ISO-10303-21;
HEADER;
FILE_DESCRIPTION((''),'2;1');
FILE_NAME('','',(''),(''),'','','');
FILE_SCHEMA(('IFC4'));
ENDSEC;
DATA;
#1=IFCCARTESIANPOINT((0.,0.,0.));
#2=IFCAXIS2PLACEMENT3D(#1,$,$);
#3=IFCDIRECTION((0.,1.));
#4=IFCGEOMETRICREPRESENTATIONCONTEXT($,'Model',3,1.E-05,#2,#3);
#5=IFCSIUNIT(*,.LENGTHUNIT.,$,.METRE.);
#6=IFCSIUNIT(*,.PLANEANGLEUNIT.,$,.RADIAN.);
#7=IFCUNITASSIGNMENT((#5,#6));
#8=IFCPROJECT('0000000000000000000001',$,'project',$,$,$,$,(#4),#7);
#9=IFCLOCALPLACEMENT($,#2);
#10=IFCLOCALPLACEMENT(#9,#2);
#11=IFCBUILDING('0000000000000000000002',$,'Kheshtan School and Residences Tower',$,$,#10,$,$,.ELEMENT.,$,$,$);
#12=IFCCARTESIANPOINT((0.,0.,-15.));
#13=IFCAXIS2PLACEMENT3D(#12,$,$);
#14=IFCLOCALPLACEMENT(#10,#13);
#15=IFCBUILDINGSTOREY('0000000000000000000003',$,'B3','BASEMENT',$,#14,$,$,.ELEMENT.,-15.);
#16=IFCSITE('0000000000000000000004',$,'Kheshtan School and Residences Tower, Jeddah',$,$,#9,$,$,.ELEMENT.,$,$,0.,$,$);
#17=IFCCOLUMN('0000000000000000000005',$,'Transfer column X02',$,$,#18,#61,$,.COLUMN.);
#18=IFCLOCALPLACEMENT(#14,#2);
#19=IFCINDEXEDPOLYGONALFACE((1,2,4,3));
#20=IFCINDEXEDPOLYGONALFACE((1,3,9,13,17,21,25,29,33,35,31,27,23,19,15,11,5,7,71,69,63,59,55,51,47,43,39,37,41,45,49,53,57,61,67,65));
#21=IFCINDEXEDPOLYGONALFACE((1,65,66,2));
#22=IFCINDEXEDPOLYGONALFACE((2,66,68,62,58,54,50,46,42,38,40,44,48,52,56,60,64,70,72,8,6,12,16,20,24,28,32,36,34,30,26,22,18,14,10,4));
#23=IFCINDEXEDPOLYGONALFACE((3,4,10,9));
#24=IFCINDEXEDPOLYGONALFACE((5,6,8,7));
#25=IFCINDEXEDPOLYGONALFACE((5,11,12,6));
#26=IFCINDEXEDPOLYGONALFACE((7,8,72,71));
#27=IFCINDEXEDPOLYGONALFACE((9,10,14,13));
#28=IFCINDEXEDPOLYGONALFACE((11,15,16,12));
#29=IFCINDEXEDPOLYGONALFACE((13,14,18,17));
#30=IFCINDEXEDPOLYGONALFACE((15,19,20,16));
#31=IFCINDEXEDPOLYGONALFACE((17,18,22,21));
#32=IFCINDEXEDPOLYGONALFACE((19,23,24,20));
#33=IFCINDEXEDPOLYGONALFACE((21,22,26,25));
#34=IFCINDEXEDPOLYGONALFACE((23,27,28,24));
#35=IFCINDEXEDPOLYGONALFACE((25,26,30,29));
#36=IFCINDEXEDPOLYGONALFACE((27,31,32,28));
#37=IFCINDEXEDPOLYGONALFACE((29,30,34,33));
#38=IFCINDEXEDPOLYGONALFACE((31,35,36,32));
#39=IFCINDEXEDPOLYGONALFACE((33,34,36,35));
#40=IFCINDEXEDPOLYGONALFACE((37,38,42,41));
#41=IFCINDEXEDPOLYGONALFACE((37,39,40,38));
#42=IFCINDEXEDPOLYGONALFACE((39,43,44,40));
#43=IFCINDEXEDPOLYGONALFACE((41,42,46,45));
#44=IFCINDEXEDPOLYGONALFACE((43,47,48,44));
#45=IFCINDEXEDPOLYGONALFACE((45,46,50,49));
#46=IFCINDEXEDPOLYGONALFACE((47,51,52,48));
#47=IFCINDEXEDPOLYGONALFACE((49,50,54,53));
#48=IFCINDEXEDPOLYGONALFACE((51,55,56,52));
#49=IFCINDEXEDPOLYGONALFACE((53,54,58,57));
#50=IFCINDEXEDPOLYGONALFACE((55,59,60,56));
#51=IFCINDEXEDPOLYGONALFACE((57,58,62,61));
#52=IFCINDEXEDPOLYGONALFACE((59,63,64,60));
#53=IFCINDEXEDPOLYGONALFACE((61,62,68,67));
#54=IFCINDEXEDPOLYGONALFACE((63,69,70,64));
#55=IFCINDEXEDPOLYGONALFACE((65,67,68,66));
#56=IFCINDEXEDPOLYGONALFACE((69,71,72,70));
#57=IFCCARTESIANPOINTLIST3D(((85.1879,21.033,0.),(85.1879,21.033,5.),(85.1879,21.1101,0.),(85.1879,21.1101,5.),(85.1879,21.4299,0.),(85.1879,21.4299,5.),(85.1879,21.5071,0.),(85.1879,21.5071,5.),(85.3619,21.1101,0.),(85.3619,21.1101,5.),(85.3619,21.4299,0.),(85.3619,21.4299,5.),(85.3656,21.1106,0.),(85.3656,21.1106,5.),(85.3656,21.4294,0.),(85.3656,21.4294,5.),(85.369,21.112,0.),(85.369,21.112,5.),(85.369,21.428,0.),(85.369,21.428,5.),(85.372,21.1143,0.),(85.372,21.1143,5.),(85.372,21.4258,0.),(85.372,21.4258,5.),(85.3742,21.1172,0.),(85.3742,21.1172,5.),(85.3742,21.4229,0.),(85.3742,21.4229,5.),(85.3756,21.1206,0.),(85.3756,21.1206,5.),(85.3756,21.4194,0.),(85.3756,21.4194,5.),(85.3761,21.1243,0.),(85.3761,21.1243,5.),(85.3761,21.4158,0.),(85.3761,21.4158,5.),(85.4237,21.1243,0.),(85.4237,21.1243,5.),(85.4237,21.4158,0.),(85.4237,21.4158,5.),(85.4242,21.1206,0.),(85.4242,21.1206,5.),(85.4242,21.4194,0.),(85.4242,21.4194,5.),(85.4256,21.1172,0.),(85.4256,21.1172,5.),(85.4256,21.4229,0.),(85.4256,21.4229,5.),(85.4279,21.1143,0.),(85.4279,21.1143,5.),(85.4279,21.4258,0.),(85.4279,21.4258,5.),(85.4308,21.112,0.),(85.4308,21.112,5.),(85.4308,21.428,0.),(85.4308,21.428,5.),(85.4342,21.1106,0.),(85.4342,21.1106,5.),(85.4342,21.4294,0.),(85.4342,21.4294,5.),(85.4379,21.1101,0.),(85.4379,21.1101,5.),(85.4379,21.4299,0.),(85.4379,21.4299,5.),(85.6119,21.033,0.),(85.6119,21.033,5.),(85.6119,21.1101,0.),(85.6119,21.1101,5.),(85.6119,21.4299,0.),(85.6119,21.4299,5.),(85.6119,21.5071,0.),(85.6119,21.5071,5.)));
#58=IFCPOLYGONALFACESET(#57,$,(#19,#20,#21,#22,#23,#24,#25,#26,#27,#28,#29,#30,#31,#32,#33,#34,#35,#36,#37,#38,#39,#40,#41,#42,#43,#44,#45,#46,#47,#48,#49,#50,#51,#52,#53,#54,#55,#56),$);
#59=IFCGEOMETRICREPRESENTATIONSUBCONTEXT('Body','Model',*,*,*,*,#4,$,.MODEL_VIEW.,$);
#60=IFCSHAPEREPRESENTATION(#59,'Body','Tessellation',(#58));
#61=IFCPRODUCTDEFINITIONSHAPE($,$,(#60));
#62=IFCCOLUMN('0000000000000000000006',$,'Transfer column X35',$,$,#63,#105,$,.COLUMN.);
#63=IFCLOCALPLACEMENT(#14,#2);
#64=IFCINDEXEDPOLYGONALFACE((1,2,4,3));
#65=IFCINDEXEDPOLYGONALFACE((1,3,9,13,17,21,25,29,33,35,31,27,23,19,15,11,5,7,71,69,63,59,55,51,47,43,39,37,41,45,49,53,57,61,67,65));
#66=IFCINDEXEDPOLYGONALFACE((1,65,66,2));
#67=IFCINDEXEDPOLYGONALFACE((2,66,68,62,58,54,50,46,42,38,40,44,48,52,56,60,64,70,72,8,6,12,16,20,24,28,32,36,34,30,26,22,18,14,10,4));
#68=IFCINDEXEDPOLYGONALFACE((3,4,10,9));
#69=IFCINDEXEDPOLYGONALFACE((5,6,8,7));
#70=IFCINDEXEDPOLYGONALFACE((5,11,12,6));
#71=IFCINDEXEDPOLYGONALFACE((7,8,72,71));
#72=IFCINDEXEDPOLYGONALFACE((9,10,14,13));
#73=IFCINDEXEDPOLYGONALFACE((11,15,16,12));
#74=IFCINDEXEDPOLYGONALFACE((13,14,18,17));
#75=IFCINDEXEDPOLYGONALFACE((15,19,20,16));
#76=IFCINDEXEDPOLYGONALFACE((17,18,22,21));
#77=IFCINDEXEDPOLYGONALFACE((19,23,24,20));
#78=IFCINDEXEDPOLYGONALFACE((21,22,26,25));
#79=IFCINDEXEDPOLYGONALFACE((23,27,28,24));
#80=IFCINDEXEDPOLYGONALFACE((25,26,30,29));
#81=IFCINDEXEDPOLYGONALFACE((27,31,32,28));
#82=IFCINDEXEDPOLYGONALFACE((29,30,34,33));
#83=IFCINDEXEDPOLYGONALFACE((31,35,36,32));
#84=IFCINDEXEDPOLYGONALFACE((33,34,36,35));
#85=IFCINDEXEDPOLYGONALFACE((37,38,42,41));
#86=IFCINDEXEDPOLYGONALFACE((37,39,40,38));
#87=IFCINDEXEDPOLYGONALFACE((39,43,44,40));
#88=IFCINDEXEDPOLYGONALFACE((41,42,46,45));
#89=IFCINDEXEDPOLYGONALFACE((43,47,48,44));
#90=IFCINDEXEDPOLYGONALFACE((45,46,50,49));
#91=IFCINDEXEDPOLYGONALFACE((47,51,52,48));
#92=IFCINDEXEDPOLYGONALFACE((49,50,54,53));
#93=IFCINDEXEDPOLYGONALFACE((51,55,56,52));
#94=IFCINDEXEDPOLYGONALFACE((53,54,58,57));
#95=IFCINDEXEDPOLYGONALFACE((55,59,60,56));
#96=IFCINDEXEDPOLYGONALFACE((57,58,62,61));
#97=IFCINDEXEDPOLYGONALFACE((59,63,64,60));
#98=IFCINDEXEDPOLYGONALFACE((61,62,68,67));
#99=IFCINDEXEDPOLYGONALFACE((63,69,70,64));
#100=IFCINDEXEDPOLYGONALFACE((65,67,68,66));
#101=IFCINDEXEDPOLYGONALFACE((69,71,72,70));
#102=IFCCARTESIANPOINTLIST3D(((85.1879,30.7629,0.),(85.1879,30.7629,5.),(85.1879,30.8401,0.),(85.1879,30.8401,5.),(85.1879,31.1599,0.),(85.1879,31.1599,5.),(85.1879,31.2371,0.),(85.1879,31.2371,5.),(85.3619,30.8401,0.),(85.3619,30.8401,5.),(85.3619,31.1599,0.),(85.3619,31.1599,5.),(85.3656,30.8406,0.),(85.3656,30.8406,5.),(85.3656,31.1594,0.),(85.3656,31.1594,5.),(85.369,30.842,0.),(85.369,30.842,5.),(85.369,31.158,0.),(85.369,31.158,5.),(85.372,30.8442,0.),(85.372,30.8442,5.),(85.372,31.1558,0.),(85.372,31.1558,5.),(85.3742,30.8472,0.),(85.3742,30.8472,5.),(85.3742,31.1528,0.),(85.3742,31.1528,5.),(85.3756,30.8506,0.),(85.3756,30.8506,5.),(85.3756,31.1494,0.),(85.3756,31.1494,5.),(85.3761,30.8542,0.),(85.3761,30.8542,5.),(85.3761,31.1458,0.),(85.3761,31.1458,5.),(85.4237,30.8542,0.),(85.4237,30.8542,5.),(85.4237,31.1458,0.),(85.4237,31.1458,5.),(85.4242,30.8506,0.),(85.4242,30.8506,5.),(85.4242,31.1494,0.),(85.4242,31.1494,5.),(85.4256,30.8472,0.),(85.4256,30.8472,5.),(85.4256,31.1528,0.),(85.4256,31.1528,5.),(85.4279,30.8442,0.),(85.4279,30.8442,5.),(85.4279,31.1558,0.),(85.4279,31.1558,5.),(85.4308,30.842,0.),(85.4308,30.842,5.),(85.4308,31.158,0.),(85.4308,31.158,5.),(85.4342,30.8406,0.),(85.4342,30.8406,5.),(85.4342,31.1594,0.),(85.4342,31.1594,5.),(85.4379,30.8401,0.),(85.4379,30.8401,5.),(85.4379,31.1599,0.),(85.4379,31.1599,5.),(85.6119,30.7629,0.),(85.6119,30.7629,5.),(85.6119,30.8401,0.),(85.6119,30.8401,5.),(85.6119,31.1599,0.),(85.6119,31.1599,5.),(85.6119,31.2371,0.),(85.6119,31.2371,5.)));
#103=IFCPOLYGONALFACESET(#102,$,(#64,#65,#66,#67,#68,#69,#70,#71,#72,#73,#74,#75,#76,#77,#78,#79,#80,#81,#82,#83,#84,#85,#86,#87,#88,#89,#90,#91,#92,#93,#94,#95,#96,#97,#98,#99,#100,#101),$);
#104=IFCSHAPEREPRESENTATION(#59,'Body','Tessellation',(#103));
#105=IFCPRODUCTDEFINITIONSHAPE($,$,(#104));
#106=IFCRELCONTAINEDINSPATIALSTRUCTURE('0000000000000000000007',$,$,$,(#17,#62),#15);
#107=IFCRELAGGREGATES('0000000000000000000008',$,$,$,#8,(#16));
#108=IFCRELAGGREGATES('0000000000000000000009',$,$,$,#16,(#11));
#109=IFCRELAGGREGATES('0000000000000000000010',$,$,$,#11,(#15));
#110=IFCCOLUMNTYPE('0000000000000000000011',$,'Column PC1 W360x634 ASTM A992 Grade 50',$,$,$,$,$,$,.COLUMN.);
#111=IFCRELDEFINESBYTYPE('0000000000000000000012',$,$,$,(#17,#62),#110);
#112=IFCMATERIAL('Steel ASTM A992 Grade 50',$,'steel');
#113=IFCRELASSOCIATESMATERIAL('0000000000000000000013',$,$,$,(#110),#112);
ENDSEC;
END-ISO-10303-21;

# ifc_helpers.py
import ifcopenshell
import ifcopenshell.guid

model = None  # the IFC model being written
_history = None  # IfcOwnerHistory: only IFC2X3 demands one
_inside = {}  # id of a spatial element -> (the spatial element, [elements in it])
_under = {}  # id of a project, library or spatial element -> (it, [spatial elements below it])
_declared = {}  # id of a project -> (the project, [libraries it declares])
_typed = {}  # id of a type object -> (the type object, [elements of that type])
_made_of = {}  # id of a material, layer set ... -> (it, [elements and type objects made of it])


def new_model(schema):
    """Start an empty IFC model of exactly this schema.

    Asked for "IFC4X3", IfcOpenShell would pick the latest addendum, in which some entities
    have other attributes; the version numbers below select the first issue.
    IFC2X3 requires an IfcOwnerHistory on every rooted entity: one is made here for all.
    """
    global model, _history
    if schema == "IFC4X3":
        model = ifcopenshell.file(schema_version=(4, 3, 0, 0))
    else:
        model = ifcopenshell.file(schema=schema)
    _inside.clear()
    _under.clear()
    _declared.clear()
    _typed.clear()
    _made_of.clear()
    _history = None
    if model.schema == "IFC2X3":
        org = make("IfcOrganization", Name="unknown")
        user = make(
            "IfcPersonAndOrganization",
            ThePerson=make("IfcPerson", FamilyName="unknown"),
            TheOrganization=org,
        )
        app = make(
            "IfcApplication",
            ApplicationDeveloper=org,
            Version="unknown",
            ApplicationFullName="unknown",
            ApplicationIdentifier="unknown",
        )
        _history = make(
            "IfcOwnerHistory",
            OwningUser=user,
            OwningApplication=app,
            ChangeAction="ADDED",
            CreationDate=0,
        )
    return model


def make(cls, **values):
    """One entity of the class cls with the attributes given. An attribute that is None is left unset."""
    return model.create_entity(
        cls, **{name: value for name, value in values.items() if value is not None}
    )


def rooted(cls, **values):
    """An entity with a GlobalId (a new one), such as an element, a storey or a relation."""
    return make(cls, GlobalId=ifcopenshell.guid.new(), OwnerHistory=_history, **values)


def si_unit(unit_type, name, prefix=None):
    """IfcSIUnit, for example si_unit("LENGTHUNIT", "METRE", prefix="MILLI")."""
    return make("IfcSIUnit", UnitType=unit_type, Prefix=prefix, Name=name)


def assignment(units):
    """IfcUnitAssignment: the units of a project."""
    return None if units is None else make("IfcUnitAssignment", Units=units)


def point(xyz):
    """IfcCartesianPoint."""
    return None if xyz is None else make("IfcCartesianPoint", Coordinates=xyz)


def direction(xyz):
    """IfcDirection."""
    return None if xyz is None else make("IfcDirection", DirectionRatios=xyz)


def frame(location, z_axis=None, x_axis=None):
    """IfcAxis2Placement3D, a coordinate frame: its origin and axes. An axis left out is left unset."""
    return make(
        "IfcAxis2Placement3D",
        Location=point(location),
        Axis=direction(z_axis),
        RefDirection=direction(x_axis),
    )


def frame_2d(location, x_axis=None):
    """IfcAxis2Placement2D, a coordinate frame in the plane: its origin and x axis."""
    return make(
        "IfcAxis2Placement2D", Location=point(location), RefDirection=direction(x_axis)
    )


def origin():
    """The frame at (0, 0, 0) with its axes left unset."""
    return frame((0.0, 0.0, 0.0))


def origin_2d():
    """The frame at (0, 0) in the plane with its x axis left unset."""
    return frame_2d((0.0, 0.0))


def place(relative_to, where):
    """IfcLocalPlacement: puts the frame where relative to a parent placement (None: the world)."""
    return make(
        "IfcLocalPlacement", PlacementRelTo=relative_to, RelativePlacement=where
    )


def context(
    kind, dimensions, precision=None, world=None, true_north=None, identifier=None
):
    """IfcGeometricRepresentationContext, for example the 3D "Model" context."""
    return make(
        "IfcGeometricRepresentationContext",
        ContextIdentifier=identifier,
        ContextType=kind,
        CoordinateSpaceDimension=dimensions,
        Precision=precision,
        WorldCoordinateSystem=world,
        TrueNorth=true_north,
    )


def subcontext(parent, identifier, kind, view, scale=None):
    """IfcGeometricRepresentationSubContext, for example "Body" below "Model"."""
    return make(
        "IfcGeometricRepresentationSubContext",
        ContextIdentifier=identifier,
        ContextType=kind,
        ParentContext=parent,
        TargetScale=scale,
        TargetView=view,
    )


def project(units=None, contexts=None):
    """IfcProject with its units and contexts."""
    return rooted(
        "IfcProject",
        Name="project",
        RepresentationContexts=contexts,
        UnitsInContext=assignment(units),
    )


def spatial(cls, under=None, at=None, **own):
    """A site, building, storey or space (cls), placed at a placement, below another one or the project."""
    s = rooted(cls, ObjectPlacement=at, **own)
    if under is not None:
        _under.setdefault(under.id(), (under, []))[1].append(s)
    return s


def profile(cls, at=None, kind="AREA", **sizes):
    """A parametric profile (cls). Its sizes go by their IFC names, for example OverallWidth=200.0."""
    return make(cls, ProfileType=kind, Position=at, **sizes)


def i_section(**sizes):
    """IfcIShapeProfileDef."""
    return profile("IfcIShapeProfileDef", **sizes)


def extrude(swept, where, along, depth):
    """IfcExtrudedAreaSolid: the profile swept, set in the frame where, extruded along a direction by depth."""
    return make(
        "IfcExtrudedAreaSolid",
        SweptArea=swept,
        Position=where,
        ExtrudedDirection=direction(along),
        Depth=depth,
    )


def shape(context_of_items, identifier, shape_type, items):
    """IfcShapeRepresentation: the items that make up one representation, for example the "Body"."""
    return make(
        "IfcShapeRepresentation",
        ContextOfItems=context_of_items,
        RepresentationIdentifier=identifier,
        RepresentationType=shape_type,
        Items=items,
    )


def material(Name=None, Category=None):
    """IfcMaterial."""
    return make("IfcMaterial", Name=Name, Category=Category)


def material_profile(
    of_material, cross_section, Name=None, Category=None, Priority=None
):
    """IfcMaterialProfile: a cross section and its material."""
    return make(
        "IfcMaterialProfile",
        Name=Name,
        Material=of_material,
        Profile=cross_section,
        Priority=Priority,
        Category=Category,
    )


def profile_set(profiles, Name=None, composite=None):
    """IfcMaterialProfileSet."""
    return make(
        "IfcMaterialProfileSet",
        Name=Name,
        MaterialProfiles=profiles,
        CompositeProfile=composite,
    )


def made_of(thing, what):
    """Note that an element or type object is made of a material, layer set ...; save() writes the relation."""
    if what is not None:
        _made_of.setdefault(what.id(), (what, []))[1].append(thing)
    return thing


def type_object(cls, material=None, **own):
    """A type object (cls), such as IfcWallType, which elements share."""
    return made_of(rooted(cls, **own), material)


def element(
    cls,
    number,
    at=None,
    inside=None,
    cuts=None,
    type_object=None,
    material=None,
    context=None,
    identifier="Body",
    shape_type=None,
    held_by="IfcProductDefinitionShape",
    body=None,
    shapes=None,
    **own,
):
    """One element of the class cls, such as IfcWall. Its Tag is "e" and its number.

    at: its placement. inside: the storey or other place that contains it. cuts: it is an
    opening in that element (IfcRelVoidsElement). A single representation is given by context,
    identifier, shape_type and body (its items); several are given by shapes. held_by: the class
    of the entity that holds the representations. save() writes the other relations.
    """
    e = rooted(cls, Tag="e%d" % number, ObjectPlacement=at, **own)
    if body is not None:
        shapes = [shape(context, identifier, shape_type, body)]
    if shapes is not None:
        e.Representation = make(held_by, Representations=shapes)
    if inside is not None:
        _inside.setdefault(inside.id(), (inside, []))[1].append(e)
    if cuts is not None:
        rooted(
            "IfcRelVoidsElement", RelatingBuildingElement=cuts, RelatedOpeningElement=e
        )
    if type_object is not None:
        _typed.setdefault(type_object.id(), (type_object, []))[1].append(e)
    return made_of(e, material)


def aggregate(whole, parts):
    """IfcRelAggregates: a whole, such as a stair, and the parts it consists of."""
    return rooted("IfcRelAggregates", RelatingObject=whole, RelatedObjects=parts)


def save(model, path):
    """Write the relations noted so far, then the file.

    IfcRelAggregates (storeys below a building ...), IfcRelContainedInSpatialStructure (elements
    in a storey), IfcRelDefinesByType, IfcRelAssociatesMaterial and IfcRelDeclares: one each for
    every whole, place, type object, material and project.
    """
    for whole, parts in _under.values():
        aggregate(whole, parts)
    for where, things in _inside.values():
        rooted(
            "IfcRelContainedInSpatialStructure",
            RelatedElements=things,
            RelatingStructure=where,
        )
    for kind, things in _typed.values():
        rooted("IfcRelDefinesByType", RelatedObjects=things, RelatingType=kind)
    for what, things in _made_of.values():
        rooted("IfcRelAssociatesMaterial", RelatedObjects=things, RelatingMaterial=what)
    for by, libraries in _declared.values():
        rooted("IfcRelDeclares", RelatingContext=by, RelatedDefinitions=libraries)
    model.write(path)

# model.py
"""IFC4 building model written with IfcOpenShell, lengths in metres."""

from ifc_helpers import new_model, si_unit, direction, frame, origin, origin_2d, place, context, subcontext, project, spatial, i_section, extrude, material, material_profile, profile_set, type_object, element, save


model = new_model("IFC4")

# Units and contexts
model_context = context("Model", 3, precision=1e-05, world=origin(), true_north=direction((0.0, 1.0)))
body_context = subcontext(model_context, "Body", "Model", "MODEL_VIEW")
ifc_project = project(units=[si_unit("LENGTHUNIT", "METRE"), si_unit("PLANEANGLEUNIT", "RADIAN")], contexts=[model_context])

# Site, building, storey
site_placement = place(None, origin())
site = spatial("IfcSite", under=ifc_project, at=site_placement, Name="Kheshtan School and Residences Tower, Jeddah", CompositionType="ELEMENT", RefElevation=0.0)
building_placement = place(site_placement, origin())
building = spatial("IfcBuilding", under=site, at=building_placement, Name="Kheshtan School and Residences Tower", CompositionType="ELEMENT")
storey_placement = place(building_placement, frame((0.0, 0.0, -15.0)))
storey = spatial("IfcBuildingStorey", under=building, at=storey_placement, Name="B3", Description="BASEMENT", CompositionType="ELEMENT", Elevation=-15.0)

# Columns
ifc_material_1 = material(Name="Steel ASTM A992 Grade 50", Category="steel")
ifc_material_profile_1 = material_profile(ifc_material_1, i_section(OverallWidth=0.4241, OverallDepth=0.4741, WebThickness=0.0476, FlangeThickness=0.0771, FilletRadius=0.0142, at=origin_2d()), Name="W360x634")
ifc_profile_set_1 = profile_set([ifc_material_profile_1], Name="Steel ASTM A992 Grade 50")
column_type = type_object("IfcColumnType", Name="Column PC1 W360x634 ASTM A992 Grade 50", PredefinedType="COLUMN", material=ifc_profile_set_1)
for number, where, z_axis, x_axis, name in (
    (1, (85.3999, 21.27, 0.0), (0.0, 0.0, 1.0), (1.0, 0.0, 0.0), "Transfer column X02"),
    (2, (85.3999, 31.0, 0.0), (0.0, 0.0, 1.0), (1.0, 0.0, 0.0), "Transfer column X35"),
):
    element("IfcColumn", number, at=place(storey_placement, frame(where, z_axis=z_axis, x_axis=x_axis)), inside=storey, type_object=column_type, Name=name, PredefinedType="COLUMN", context=body_context, shape_type="SweptSolid", body=[
        extrude(i_section(OverallWidth=0.4241, OverallDepth=0.4741, WebThickness=0.0476, FlangeThickness=0.0771, FilletRadius=0.0142, at=origin_2d()), origin(), (0.0, 0.0, 1.0), 5.0),
    ])

save(model, "model.ifc")
